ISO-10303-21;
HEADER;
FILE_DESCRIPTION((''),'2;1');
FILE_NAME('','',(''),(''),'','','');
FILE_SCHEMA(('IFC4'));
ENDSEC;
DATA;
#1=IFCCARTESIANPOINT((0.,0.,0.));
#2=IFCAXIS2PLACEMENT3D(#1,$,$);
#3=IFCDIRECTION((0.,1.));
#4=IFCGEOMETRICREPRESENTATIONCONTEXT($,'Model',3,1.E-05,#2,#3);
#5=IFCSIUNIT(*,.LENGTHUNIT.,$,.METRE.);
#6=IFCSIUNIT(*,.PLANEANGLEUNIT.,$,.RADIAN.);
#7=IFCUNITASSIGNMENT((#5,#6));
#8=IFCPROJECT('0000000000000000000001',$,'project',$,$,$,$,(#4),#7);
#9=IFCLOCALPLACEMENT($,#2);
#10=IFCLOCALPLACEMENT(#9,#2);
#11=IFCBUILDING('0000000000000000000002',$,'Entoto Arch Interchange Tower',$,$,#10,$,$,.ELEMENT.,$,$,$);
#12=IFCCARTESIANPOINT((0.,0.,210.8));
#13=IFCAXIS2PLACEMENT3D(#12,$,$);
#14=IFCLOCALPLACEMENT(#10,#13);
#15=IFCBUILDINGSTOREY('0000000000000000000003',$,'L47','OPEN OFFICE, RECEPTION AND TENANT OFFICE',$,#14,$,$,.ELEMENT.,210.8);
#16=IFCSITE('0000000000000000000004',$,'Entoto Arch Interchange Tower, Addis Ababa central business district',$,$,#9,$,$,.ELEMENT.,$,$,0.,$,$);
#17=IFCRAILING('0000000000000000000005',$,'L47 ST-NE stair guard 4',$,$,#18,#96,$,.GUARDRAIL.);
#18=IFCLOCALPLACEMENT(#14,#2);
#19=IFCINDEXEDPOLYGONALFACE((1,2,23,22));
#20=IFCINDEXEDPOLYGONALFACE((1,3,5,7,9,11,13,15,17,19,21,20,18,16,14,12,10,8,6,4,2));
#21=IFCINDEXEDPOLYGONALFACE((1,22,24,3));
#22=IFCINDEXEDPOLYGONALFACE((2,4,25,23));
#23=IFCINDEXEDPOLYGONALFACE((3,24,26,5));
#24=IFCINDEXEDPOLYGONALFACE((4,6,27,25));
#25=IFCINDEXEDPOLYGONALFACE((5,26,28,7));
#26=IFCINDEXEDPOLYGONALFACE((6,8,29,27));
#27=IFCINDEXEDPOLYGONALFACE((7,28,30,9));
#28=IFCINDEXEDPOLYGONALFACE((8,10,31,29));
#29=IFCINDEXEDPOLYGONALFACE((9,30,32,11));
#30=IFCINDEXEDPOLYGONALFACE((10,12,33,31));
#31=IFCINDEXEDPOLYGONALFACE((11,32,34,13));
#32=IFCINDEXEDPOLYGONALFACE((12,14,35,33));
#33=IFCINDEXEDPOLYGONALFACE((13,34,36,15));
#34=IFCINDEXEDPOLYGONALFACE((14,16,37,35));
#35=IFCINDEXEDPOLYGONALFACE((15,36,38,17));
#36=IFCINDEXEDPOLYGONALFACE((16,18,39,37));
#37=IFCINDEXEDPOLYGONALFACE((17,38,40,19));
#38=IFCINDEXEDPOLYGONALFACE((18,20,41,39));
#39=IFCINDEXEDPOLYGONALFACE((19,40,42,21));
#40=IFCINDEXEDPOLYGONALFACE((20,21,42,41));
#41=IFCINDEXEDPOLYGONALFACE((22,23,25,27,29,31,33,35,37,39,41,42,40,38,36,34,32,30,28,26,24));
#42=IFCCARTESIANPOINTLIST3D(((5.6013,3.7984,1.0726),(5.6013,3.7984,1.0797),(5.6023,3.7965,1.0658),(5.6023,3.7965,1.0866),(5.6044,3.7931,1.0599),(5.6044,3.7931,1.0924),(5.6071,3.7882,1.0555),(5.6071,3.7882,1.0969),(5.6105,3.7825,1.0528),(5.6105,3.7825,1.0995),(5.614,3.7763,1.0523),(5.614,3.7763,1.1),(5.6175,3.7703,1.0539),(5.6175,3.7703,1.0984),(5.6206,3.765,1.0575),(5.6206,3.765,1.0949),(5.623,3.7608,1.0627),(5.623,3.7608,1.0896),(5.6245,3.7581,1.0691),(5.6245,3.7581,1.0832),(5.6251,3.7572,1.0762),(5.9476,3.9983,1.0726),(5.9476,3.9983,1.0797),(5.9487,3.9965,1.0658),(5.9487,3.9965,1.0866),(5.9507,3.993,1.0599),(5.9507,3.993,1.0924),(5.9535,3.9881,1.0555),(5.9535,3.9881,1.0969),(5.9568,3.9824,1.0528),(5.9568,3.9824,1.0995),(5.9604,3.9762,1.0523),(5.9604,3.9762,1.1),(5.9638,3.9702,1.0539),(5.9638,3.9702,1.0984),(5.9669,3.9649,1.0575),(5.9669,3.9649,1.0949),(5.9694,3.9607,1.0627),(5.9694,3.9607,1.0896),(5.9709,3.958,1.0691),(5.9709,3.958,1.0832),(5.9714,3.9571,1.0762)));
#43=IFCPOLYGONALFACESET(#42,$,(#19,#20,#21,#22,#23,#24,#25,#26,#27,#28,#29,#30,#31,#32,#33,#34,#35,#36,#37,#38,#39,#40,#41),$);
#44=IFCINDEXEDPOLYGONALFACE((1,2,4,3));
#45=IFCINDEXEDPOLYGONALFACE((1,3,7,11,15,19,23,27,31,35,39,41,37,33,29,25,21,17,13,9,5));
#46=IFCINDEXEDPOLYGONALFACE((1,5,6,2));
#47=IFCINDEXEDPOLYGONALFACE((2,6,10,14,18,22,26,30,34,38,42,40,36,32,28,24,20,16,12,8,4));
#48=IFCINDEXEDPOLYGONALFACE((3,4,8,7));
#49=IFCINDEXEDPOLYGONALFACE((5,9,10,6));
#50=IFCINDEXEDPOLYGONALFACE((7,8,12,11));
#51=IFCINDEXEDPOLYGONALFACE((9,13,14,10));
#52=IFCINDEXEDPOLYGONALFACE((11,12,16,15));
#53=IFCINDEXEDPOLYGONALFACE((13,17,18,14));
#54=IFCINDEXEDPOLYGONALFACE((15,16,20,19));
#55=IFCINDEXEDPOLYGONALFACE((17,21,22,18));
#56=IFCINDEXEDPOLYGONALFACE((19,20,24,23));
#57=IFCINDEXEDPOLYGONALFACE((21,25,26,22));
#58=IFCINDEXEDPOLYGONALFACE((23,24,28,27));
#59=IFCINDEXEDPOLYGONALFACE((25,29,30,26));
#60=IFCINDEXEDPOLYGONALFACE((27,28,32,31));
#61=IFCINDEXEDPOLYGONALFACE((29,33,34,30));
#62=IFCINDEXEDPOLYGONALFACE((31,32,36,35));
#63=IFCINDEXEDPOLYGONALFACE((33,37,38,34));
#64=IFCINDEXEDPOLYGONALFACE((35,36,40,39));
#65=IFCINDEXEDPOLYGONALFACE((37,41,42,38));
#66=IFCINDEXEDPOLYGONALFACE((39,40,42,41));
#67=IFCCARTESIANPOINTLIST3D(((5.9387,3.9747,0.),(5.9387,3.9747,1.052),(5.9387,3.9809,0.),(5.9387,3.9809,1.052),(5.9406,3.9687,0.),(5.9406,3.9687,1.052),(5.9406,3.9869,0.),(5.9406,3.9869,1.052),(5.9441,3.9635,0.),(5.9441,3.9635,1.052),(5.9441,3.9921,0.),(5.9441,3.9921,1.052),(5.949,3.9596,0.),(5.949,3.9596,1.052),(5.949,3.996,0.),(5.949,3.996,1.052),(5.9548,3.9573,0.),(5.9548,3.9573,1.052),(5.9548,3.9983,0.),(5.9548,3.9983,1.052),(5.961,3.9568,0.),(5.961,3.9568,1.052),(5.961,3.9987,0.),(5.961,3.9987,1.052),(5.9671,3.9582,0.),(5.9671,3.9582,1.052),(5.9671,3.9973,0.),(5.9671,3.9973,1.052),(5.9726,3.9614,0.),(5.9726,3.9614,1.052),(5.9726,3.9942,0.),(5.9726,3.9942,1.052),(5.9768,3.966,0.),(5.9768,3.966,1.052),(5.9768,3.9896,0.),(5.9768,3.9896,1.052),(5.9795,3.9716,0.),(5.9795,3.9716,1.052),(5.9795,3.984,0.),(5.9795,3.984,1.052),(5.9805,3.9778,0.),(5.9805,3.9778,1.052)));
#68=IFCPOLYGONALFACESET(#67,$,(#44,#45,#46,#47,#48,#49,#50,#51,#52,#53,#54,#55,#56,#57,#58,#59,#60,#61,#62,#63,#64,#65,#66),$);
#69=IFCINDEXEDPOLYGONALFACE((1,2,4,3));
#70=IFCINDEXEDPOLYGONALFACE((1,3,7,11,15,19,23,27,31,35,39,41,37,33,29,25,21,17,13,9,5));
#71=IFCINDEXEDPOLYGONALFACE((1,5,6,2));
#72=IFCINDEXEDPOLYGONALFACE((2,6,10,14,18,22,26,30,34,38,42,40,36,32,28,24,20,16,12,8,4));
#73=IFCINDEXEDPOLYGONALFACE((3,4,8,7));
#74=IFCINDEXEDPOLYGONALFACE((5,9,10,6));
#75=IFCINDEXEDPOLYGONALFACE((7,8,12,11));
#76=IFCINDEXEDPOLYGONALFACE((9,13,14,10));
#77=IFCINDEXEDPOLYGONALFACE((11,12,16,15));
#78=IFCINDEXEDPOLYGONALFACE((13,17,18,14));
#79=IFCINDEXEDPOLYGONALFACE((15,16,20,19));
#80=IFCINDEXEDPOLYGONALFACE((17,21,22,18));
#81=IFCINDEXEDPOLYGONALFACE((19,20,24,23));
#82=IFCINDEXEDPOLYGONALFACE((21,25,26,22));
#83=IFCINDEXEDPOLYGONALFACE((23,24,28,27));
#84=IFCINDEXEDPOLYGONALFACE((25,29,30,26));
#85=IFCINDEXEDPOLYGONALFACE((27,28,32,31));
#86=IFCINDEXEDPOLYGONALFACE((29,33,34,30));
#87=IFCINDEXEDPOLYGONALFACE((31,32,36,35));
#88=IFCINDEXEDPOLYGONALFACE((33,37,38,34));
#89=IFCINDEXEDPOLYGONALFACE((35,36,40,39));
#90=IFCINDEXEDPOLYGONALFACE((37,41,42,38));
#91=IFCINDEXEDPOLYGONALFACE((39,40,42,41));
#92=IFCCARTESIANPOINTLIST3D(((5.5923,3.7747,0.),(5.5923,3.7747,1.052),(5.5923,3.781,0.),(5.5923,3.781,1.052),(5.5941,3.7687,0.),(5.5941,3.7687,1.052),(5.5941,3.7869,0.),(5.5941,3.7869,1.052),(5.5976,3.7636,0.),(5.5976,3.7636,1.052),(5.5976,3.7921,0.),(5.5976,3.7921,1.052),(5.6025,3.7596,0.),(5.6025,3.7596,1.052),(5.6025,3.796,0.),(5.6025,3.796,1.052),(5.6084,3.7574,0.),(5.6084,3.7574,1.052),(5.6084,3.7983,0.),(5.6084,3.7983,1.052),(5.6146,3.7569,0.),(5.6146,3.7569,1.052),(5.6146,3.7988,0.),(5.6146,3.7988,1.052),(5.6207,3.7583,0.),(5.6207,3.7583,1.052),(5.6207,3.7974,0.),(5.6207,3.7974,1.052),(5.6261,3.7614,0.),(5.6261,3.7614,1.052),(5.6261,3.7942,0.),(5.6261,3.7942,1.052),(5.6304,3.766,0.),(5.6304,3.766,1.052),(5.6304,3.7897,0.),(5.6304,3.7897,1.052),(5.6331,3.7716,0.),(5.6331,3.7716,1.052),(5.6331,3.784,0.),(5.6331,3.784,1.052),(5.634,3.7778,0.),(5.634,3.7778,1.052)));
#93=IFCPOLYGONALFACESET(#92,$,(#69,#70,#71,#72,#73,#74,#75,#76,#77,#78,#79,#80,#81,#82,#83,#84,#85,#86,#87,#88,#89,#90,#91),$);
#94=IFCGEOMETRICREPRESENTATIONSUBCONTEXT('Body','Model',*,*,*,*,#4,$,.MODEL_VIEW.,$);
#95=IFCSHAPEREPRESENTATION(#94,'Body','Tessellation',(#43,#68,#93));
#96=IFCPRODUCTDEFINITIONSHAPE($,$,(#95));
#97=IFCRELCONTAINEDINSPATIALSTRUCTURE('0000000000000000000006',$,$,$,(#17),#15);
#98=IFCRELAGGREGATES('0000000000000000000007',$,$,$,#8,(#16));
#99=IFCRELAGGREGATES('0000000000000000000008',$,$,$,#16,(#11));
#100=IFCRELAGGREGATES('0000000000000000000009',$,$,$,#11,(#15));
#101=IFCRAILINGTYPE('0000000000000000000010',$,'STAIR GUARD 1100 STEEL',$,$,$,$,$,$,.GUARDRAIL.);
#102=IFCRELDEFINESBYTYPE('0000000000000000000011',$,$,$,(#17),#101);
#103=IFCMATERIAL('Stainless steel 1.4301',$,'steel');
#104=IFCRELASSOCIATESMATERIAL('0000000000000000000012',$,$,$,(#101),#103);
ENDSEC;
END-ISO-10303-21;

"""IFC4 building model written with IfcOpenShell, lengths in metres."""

from ifc_helpers import new_model, si_unit, direction, frame, origin, origin_2d, place, context, subcontext, project, spatial, circle, extrude, material, type_object, element, save


model = new_model("IFC4")

# Units and contexts
model_context = context("Model", 3, precision=1e-05, world=origin(), true_north=direction((0.0, 1.0)))
body_context = subcontext(model_context, "Body", "Model", "MODEL_VIEW")
ifc_project = project(units=[si_unit("LENGTHUNIT", "METRE"), si_unit("PLANEANGLEUNIT", "RADIAN")], contexts=[model_context])

# Site, building, storey
site_placement = place(None, origin())
site = spatial("IfcSite", under=ifc_project, at=site_placement, Name="Entoto Arch Interchange Tower, Addis Ababa central business district", CompositionType="ELEMENT", RefElevation=0.0)
building_placement = place(site_placement, origin())
building = spatial("IfcBuilding", under=site, at=building_placement, Name="Entoto Arch Interchange Tower", CompositionType="ELEMENT")
storey_placement = place(building_placement, frame((0.0, 0.0, 210.8)))
storey = spatial("IfcBuildingStorey", under=building, at=storey_placement, Name="L47", Description="OPEN OFFICE, RECEPTION AND TENANT OFFICE", CompositionType="ELEMENT", Elevation=210.8)

# Railing
ifc_material_1 = material(Name="Stainless steel 1.4301", Category="steel")
railing_type_1 = type_object("IfcRailingType", Name="STAIR GUARD 1100 STEEL", PredefinedType="GUARDRAIL", material=ifc_material_1)
railing_1_placement = place(storey_placement, frame((5.9595, 3.9778, 0.0)))
element("IfcRailing", 1, at=railing_1_placement, inside=storey, type_object=railing_type_1, Name="L47 ST-NE stair guard 4", PredefinedType="GUARDRAIL", context=body_context, shape_type="SweptSolid", body=[
    extrude(circle(Radius=0.0239, at=origin_2d()), frame((0.0, 0.0, 1.0762), z_axis=(-0.866094, -0.499881, 0.0), x_axis=(0.499881, -0.866094, 0.0)), (0.0, 0.0, 1.0), 0.3999),
    extrude(circle(Radius=0.021, at=origin_2d()), origin(), (0.0, 0.0, 1.0), 1.052),
    extrude(circle(Radius=0.021, at=origin_2d()), frame((-0.3464, -0.2, 0.0)), (0.0, 0.0, 1.0), 1.052),
])

save(model, "model.ifc")
